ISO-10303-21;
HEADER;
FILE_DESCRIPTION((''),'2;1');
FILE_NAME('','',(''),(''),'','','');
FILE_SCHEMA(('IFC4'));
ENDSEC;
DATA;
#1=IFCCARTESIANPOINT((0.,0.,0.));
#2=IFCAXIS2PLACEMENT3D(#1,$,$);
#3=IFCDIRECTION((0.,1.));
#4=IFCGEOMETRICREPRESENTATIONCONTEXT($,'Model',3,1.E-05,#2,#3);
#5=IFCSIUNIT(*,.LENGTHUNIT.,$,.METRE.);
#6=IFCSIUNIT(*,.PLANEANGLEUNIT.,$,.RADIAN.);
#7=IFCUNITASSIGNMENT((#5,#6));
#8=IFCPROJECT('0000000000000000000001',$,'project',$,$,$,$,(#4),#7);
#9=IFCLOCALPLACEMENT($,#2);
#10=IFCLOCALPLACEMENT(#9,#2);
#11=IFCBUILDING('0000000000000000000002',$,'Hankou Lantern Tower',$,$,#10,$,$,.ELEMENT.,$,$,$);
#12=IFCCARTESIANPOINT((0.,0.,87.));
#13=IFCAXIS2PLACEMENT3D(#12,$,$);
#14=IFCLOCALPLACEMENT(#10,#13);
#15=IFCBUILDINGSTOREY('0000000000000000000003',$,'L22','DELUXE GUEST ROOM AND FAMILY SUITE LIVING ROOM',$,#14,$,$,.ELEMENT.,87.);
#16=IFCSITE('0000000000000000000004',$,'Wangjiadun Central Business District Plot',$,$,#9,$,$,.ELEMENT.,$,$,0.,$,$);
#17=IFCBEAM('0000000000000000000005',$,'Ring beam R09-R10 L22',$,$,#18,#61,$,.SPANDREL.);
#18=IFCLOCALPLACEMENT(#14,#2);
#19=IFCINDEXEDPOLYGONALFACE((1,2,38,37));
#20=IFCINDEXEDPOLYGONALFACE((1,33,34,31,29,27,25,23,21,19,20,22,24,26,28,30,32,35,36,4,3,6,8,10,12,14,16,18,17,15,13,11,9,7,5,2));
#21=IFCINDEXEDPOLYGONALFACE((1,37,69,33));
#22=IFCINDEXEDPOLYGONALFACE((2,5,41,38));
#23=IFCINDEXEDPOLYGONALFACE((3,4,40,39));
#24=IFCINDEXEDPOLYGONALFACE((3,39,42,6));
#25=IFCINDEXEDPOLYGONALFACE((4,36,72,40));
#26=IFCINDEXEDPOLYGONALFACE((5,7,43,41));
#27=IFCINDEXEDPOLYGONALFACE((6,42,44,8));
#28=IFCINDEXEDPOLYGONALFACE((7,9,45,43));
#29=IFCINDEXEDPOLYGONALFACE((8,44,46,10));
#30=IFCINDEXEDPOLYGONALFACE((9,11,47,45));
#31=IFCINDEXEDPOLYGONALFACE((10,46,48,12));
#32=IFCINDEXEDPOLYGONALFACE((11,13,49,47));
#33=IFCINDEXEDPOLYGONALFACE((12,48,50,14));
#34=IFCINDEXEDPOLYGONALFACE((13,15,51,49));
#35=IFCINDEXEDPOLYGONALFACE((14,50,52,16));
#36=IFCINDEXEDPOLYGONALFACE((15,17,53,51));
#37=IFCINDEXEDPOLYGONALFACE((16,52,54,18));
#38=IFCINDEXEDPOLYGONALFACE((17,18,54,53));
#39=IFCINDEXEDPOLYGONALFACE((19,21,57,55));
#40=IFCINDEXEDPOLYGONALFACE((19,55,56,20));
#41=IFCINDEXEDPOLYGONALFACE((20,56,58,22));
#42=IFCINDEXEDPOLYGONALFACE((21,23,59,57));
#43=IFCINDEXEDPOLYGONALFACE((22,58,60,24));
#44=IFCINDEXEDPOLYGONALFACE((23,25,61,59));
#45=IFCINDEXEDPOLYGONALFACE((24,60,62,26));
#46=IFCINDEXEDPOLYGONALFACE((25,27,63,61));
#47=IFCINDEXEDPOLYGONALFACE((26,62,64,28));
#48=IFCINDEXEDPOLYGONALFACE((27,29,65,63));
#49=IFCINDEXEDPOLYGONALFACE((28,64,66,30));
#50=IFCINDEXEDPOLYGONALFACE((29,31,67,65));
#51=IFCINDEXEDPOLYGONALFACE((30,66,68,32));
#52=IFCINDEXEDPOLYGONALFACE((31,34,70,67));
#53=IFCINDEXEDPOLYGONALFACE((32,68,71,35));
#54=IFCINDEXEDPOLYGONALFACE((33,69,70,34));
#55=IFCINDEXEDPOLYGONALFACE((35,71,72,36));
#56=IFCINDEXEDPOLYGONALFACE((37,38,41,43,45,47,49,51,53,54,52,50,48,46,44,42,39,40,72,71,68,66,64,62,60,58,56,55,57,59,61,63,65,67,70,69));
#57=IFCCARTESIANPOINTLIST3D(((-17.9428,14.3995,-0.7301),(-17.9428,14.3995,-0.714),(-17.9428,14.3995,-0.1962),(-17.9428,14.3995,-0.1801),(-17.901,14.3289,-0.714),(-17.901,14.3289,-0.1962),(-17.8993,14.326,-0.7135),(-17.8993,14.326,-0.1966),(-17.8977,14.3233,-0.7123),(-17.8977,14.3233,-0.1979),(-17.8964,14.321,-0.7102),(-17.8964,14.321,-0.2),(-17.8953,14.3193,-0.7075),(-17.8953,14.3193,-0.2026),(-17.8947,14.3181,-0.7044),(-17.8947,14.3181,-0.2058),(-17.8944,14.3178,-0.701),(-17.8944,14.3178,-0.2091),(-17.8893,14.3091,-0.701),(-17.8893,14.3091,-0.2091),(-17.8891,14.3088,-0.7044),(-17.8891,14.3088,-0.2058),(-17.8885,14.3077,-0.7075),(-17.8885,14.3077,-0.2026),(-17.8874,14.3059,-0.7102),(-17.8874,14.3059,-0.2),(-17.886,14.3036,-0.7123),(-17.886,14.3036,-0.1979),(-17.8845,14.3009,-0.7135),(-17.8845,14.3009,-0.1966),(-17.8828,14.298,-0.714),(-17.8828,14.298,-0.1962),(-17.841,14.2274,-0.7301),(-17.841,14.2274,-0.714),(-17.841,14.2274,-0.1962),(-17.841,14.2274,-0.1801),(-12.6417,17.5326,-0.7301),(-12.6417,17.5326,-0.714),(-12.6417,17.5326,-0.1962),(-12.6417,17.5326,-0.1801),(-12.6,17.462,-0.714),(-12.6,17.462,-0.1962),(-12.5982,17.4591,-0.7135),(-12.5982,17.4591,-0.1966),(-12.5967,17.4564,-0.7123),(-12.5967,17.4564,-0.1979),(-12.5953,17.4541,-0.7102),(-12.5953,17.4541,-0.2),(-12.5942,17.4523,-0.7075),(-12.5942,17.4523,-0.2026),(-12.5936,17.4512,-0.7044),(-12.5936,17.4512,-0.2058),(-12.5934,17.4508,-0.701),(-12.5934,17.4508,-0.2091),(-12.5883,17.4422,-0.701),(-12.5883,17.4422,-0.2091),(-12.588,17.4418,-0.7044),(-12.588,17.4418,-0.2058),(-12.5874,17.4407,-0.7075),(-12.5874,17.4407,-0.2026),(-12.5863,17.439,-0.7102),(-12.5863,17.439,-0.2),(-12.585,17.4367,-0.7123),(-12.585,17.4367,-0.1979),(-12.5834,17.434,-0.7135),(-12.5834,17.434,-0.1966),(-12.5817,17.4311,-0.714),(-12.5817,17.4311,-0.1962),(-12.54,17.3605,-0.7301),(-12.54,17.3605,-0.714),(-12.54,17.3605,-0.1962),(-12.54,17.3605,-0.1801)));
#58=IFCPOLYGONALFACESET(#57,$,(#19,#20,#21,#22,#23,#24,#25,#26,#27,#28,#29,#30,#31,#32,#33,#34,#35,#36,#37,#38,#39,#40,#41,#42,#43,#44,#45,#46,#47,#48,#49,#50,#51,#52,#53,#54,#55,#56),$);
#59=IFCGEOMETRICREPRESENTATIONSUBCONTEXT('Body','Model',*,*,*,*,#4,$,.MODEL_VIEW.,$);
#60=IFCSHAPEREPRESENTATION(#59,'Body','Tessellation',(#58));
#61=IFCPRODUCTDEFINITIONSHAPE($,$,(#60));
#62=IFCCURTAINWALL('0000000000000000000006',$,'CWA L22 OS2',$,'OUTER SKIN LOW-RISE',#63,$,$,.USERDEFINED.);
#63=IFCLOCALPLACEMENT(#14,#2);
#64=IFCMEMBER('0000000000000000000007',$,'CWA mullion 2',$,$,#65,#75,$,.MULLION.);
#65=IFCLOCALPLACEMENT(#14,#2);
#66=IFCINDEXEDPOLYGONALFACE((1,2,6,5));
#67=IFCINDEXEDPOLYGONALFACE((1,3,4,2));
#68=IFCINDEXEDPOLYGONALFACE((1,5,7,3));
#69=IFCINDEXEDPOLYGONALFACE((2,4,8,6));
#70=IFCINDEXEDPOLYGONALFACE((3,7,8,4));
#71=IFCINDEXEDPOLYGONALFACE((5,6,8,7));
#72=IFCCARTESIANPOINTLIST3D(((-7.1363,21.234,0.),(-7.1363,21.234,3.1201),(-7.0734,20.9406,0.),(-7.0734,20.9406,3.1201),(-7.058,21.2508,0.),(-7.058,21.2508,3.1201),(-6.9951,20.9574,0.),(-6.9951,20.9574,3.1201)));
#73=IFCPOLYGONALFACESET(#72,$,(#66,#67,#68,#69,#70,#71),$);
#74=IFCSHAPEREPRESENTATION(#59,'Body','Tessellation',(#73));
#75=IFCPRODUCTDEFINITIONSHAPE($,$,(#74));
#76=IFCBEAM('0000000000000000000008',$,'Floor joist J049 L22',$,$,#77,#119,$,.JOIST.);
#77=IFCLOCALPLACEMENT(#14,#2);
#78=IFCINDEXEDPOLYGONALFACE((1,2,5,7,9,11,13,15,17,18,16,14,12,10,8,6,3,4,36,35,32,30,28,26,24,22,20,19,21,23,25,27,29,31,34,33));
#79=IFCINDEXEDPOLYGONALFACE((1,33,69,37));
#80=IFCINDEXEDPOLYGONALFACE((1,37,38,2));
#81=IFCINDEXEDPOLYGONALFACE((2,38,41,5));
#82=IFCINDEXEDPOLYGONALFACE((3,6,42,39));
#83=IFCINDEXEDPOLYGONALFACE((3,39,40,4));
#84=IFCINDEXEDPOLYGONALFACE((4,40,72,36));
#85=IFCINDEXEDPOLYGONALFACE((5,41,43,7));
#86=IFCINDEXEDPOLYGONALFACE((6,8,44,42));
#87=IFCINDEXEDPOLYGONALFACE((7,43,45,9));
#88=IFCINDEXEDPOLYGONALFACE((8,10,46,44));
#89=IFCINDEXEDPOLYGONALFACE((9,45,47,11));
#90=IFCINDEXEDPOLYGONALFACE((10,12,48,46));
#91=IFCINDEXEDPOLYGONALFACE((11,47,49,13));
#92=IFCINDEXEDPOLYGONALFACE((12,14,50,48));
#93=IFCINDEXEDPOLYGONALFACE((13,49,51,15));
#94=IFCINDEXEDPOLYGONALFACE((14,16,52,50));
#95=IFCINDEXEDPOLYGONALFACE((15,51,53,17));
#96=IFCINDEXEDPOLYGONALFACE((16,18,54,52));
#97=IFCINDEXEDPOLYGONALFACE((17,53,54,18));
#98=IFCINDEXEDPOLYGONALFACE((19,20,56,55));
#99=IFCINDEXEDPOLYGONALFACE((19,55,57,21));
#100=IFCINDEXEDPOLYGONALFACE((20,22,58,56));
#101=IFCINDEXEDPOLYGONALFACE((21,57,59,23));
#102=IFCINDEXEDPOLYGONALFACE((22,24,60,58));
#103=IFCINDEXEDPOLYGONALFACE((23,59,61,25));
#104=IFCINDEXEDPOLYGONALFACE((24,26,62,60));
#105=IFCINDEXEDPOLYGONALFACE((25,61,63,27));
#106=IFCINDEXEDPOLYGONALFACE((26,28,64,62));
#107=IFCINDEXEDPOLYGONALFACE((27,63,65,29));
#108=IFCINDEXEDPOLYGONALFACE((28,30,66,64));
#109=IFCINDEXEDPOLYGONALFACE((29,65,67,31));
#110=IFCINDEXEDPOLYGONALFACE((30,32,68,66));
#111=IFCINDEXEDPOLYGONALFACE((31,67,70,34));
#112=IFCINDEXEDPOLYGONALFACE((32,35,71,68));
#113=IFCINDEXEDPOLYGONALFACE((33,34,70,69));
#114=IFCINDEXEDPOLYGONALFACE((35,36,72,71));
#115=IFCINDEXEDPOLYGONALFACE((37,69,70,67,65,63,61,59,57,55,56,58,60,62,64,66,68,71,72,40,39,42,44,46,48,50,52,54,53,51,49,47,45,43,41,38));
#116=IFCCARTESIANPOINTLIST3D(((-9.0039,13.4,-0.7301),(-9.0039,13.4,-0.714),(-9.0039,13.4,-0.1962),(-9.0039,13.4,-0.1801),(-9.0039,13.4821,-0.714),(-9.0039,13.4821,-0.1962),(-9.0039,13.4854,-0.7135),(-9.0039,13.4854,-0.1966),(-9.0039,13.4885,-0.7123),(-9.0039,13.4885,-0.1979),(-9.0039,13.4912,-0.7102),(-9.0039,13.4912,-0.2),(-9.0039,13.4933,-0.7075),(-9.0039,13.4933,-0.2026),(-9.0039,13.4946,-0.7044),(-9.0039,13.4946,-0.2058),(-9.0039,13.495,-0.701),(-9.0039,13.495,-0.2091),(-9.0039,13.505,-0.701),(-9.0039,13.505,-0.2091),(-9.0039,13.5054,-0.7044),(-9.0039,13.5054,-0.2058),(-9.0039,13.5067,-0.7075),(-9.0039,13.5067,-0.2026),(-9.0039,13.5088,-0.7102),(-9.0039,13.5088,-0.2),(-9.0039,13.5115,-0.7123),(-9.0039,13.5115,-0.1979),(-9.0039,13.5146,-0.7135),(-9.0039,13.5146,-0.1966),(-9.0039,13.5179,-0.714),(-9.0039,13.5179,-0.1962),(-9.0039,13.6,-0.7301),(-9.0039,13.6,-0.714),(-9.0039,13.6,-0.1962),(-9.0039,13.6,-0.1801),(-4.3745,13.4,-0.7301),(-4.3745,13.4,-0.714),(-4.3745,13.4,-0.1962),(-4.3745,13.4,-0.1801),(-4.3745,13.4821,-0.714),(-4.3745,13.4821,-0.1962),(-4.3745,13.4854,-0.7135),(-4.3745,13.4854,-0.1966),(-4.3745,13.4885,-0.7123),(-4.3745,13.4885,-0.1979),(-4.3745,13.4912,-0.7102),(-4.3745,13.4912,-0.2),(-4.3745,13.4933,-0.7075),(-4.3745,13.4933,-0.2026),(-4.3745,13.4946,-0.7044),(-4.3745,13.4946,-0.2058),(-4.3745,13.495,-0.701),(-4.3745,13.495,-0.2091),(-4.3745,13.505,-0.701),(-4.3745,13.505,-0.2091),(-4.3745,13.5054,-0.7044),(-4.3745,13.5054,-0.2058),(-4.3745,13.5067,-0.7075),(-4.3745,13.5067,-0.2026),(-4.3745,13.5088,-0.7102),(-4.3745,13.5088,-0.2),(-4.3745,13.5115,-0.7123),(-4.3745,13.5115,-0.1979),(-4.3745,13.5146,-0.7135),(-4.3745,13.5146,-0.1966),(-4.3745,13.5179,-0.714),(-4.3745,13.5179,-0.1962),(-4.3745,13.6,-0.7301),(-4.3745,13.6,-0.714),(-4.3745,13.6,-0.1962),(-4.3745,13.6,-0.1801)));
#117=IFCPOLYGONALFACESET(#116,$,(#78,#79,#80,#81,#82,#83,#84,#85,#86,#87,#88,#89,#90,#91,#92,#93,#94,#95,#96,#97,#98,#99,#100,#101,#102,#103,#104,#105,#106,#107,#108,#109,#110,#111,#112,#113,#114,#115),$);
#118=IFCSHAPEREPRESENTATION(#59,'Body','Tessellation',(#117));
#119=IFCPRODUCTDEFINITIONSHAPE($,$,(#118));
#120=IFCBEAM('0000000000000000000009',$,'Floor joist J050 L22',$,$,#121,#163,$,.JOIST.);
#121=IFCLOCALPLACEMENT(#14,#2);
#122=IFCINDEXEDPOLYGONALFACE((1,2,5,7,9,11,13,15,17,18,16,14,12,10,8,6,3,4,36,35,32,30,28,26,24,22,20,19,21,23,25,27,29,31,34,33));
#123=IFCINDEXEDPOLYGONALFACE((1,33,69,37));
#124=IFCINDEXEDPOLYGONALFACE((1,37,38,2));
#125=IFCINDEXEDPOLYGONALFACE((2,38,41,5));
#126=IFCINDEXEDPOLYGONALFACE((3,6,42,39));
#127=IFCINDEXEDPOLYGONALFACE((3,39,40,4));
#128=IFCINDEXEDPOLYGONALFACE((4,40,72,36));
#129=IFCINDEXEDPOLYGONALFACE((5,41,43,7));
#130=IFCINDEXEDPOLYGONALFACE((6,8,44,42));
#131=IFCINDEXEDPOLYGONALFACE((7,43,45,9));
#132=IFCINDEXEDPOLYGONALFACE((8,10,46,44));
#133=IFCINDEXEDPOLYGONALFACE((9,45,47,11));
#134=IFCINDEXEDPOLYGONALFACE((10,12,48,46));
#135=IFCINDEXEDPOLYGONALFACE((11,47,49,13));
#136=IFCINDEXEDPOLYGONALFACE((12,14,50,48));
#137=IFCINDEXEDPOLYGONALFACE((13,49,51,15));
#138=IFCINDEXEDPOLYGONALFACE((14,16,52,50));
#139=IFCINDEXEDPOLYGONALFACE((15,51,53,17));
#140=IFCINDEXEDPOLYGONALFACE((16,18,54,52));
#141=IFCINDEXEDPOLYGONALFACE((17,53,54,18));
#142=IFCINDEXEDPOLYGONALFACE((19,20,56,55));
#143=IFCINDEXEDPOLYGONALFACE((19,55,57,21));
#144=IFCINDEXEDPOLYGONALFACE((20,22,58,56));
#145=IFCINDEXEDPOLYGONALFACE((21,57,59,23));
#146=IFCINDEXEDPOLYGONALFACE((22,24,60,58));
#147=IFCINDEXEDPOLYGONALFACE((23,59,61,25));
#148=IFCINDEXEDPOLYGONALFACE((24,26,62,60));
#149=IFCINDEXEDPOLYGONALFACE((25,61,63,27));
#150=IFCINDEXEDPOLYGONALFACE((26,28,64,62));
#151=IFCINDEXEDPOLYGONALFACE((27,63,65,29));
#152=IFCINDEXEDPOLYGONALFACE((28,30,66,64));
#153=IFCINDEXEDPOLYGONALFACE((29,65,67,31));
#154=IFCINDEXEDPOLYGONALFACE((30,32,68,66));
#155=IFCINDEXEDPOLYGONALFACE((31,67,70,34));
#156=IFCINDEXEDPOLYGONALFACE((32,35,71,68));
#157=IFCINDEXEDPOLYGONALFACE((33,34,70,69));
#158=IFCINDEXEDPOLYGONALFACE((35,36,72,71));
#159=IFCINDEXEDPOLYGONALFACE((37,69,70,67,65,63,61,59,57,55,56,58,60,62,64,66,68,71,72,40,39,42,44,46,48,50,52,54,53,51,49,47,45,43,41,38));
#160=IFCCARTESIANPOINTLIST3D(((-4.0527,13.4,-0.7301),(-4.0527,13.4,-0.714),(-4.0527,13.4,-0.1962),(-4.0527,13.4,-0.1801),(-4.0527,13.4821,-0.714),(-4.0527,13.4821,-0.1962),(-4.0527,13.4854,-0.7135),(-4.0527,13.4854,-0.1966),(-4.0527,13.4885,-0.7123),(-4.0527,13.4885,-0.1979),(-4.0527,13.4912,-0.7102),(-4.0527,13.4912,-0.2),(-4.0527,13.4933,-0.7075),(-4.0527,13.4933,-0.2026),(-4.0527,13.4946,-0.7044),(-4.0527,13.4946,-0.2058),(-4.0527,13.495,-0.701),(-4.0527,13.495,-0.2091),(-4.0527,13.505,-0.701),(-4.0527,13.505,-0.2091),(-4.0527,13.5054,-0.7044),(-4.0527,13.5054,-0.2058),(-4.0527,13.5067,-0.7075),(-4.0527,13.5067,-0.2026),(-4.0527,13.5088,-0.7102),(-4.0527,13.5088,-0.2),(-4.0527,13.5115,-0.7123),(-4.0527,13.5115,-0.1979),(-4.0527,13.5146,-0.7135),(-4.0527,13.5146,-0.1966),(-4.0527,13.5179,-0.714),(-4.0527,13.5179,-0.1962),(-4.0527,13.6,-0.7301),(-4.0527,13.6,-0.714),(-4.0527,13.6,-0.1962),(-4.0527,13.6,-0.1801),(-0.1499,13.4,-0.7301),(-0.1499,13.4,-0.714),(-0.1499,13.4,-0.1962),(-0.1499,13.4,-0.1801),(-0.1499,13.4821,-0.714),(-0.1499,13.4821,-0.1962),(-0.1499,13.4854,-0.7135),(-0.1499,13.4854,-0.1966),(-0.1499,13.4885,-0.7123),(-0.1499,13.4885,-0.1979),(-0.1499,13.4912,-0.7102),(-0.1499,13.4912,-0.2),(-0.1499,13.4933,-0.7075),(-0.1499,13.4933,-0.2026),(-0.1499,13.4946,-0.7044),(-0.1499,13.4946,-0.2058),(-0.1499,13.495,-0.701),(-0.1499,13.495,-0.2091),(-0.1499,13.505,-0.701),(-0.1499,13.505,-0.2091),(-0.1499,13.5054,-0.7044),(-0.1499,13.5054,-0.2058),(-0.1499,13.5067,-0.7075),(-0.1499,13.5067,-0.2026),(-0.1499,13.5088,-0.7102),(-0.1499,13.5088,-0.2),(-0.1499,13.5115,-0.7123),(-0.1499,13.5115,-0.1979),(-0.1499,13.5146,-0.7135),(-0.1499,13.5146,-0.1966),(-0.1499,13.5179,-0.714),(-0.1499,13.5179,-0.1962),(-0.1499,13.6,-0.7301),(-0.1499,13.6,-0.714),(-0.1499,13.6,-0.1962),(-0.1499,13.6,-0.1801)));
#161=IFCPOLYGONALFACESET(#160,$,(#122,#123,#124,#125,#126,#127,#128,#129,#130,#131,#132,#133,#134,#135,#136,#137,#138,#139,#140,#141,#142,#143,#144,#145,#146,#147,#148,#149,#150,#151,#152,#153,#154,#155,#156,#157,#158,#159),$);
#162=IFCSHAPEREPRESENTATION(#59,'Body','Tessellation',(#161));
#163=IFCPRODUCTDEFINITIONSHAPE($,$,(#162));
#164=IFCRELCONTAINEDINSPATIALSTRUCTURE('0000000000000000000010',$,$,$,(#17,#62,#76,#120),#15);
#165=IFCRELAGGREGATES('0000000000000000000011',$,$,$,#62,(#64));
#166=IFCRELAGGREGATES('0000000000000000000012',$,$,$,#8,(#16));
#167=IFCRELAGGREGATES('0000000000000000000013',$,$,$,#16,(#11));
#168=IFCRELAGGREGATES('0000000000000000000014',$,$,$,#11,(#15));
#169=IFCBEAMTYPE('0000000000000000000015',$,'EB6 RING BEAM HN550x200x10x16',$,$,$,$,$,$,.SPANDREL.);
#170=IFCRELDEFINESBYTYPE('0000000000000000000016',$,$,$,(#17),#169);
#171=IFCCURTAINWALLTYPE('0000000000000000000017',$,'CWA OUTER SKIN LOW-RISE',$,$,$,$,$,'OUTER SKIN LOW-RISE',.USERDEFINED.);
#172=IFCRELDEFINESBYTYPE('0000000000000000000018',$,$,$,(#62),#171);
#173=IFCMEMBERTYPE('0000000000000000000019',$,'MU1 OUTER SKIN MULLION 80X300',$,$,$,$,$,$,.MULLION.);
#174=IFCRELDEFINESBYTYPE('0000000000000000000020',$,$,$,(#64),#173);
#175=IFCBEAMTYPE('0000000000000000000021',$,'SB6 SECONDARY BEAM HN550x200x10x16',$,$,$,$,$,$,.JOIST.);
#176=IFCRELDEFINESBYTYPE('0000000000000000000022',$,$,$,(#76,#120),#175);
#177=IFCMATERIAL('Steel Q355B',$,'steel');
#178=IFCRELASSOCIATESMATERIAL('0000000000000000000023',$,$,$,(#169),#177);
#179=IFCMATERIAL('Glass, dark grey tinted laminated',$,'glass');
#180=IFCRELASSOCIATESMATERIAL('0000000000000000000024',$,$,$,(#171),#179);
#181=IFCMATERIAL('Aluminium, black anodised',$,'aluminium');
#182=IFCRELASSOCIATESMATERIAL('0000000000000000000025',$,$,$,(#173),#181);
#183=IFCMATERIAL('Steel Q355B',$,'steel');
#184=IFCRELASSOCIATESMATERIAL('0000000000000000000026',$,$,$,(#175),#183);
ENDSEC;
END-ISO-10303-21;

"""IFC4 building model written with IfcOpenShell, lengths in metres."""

from ifc_helpers import new_model, si_unit, direction, frame, origin, origin_2d, place, context, subcontext, project, spatial, rectangle, i_section, extrude, material, material_profile, profile_set, type_object, element, aggregate, save


model = new_model("IFC4")

# Units and contexts
model_context = context("Model", 3, precision=1e-05, world=origin(), true_north=direction((0.0, 1.0)))
body_context = subcontext(model_context, "Body", "Model", "MODEL_VIEW")
ifc_project = project(units=[si_unit("LENGTHUNIT", "METRE"), si_unit("PLANEANGLEUNIT", "RADIAN")], contexts=[model_context])

# Site, building, storey
site_placement = place(None, origin())
site = spatial("IfcSite", under=ifc_project, at=site_placement, Name="Wangjiadun Central Business District Plot", CompositionType="ELEMENT", RefElevation=0.0)
building_placement = place(site_placement, origin())
building = spatial("IfcBuilding", under=site, at=building_placement, Name="Hankou Lantern Tower", CompositionType="ELEMENT")
storey_placement = place(building_placement, frame((0.0, 0.0, 87.0)))
storey = spatial("IfcBuildingStorey", under=building, at=storey_placement, Name="L22", Description="DELUXE GUEST ROOM AND FAMILY SUITE LIVING ROOM", CompositionType="ELEMENT", Elevation=87.0)

# Beam
ifc_material_1 = material(Name="Steel Q355B", Category="steel")
ifc_material_profile_1 = material_profile(ifc_material_1, i_section(OverallWidth=0.2, OverallDepth=0.55, WebThickness=0.01, FlangeThickness=0.0161, FilletRadius=0.0129, at=origin_2d()), Name="HN550x200x10x16")
ifc_profile_set_1 = profile_set([ifc_material_profile_1], Name="Steel Q355B")
beam_type_1 = type_object("IfcBeamType", Name="EB6 RING BEAM HN550x200x10x16", PredefinedType="SPANDREL", material=ifc_profile_set_1)
beam_1_placement = place(storey_placement, frame((-12.5908, 17.4465, -0.4551), z_axis=(-0.860882, -0.508805, 0.0), x_axis=(0.508805, -0.860882, 0.0)))
element("IfcBeam", 1, at=beam_1_placement, inside=storey, type_object=beam_type_1, Name="Ring beam R09-R10 L22", PredefinedType="SPANDREL", context=body_context, shape_type="SweptSolid", body=[
    extrude(i_section(OverallWidth=0.2, OverallDepth=0.55, WebThickness=0.01, FlangeThickness=0.0161, FilletRadius=0.0129, at=origin_2d()), origin(), (0.0, 0.0, 1.0), 6.1577),
])

# Curtain wall, member
ifc_material_2 = material(Name="Glass, dark grey tinted laminated", Category="glass")
curtain_wall_type = type_object("IfcCurtainWallType", Name="CWA OUTER SKIN LOW-RISE", ElementType="OUTER SKIN LOW-RISE", PredefinedType="USERDEFINED", material=ifc_material_2)
curtain_wall_placement = place(storey_placement, origin())
curtain_wall = element("IfcCurtainWall", 2, at=curtain_wall_placement, inside=storey, type_object=curtain_wall_type, Name="CWA L22 OS2", ObjectType="OUTER SKIN LOW-RISE", PredefinedType="USERDEFINED")
ifc_material_3 = material(Name="Aluminium, black anodised", Category="aluminium")
ifc_material_profile_2 = material_profile(ifc_material_3, rectangle(XDim=0.0801, YDim=0.3, at=origin_2d()), Name="MU1 80X300")
ifc_profile_set_2 = profile_set([ifc_material_profile_2], Name="Aluminium, black anodised")
member_type_1 = type_object("IfcMemberType", Name="MU1 OUTER SKIN MULLION 80X300", PredefinedType="MULLION", material=ifc_profile_set_2)
member_1_placement = place(storey_placement, frame((-7.0657, 21.0957, 0.0), z_axis=(0.0, 0.0, 1.0), x_axis=(-0.977788, -0.209598, 0.0)))
member_1 = element("IfcMember", 3, at=member_1_placement, type_object=member_type_1, Name="CWA mullion 2", PredefinedType="MULLION", context=body_context, shape_type="SweptSolid", body=[
    extrude(rectangle(XDim=0.0801, YDim=0.3, at=origin_2d()), origin(), (0.0, 0.0, 1.0), 3.1201),
])

# Beams
ifc_material_4 = material(Name="Steel Q355B", Category="steel")
ifc_material_profile_3 = material_profile(ifc_material_4, i_section(OverallWidth=0.2, OverallDepth=0.55, WebThickness=0.01, FlangeThickness=0.0161, FilletRadius=0.0129, at=origin_2d()), Name="HN550x200x10x16")
ifc_profile_set_3 = profile_set([ifc_material_profile_3], Name="Steel Q355B")
beam_type_2 = type_object("IfcBeamType", Name="SB6 SECONDARY BEAM HN550x200x10x16", PredefinedType="JOIST", material=ifc_profile_set_3)
beam_2_placement = place(storey_placement, frame((-9.0039, 13.5, -0.4551), z_axis=(1.0, 0.0, 0.0), x_axis=(0.0, 1.0, 0.0)))
element("IfcBeam", 4, at=beam_2_placement, inside=storey, type_object=beam_type_2, Name="Floor joist J049 L22", PredefinedType="JOIST", context=body_context, shape_type="SweptSolid", body=[
    extrude(i_section(OverallWidth=0.2, OverallDepth=0.55, WebThickness=0.01, FlangeThickness=0.0161, FilletRadius=0.0129, at=origin_2d()), origin(), (0.0, 0.0, 1.0), 4.6294),
])
beam_3_placement = place(storey_placement, frame((-4.0527, 13.5, -0.4551), z_axis=(1.0, 0.0, 0.0), x_axis=(0.0, 1.0, 0.0)))
element("IfcBeam", 5, at=beam_3_placement, inside=storey, type_object=beam_type_2, Name="Floor joist J050 L22", PredefinedType="JOIST", context=body_context, shape_type="SweptSolid", body=[
    extrude(i_section(OverallWidth=0.2, OverallDepth=0.55, WebThickness=0.01, FlangeThickness=0.0161, FilletRadius=0.0129, at=origin_2d()), origin(), (0.0, 0.0, 1.0), 3.9028),
])

aggregate(curtain_wall, [member_1])

save(model, "model.ifc")
